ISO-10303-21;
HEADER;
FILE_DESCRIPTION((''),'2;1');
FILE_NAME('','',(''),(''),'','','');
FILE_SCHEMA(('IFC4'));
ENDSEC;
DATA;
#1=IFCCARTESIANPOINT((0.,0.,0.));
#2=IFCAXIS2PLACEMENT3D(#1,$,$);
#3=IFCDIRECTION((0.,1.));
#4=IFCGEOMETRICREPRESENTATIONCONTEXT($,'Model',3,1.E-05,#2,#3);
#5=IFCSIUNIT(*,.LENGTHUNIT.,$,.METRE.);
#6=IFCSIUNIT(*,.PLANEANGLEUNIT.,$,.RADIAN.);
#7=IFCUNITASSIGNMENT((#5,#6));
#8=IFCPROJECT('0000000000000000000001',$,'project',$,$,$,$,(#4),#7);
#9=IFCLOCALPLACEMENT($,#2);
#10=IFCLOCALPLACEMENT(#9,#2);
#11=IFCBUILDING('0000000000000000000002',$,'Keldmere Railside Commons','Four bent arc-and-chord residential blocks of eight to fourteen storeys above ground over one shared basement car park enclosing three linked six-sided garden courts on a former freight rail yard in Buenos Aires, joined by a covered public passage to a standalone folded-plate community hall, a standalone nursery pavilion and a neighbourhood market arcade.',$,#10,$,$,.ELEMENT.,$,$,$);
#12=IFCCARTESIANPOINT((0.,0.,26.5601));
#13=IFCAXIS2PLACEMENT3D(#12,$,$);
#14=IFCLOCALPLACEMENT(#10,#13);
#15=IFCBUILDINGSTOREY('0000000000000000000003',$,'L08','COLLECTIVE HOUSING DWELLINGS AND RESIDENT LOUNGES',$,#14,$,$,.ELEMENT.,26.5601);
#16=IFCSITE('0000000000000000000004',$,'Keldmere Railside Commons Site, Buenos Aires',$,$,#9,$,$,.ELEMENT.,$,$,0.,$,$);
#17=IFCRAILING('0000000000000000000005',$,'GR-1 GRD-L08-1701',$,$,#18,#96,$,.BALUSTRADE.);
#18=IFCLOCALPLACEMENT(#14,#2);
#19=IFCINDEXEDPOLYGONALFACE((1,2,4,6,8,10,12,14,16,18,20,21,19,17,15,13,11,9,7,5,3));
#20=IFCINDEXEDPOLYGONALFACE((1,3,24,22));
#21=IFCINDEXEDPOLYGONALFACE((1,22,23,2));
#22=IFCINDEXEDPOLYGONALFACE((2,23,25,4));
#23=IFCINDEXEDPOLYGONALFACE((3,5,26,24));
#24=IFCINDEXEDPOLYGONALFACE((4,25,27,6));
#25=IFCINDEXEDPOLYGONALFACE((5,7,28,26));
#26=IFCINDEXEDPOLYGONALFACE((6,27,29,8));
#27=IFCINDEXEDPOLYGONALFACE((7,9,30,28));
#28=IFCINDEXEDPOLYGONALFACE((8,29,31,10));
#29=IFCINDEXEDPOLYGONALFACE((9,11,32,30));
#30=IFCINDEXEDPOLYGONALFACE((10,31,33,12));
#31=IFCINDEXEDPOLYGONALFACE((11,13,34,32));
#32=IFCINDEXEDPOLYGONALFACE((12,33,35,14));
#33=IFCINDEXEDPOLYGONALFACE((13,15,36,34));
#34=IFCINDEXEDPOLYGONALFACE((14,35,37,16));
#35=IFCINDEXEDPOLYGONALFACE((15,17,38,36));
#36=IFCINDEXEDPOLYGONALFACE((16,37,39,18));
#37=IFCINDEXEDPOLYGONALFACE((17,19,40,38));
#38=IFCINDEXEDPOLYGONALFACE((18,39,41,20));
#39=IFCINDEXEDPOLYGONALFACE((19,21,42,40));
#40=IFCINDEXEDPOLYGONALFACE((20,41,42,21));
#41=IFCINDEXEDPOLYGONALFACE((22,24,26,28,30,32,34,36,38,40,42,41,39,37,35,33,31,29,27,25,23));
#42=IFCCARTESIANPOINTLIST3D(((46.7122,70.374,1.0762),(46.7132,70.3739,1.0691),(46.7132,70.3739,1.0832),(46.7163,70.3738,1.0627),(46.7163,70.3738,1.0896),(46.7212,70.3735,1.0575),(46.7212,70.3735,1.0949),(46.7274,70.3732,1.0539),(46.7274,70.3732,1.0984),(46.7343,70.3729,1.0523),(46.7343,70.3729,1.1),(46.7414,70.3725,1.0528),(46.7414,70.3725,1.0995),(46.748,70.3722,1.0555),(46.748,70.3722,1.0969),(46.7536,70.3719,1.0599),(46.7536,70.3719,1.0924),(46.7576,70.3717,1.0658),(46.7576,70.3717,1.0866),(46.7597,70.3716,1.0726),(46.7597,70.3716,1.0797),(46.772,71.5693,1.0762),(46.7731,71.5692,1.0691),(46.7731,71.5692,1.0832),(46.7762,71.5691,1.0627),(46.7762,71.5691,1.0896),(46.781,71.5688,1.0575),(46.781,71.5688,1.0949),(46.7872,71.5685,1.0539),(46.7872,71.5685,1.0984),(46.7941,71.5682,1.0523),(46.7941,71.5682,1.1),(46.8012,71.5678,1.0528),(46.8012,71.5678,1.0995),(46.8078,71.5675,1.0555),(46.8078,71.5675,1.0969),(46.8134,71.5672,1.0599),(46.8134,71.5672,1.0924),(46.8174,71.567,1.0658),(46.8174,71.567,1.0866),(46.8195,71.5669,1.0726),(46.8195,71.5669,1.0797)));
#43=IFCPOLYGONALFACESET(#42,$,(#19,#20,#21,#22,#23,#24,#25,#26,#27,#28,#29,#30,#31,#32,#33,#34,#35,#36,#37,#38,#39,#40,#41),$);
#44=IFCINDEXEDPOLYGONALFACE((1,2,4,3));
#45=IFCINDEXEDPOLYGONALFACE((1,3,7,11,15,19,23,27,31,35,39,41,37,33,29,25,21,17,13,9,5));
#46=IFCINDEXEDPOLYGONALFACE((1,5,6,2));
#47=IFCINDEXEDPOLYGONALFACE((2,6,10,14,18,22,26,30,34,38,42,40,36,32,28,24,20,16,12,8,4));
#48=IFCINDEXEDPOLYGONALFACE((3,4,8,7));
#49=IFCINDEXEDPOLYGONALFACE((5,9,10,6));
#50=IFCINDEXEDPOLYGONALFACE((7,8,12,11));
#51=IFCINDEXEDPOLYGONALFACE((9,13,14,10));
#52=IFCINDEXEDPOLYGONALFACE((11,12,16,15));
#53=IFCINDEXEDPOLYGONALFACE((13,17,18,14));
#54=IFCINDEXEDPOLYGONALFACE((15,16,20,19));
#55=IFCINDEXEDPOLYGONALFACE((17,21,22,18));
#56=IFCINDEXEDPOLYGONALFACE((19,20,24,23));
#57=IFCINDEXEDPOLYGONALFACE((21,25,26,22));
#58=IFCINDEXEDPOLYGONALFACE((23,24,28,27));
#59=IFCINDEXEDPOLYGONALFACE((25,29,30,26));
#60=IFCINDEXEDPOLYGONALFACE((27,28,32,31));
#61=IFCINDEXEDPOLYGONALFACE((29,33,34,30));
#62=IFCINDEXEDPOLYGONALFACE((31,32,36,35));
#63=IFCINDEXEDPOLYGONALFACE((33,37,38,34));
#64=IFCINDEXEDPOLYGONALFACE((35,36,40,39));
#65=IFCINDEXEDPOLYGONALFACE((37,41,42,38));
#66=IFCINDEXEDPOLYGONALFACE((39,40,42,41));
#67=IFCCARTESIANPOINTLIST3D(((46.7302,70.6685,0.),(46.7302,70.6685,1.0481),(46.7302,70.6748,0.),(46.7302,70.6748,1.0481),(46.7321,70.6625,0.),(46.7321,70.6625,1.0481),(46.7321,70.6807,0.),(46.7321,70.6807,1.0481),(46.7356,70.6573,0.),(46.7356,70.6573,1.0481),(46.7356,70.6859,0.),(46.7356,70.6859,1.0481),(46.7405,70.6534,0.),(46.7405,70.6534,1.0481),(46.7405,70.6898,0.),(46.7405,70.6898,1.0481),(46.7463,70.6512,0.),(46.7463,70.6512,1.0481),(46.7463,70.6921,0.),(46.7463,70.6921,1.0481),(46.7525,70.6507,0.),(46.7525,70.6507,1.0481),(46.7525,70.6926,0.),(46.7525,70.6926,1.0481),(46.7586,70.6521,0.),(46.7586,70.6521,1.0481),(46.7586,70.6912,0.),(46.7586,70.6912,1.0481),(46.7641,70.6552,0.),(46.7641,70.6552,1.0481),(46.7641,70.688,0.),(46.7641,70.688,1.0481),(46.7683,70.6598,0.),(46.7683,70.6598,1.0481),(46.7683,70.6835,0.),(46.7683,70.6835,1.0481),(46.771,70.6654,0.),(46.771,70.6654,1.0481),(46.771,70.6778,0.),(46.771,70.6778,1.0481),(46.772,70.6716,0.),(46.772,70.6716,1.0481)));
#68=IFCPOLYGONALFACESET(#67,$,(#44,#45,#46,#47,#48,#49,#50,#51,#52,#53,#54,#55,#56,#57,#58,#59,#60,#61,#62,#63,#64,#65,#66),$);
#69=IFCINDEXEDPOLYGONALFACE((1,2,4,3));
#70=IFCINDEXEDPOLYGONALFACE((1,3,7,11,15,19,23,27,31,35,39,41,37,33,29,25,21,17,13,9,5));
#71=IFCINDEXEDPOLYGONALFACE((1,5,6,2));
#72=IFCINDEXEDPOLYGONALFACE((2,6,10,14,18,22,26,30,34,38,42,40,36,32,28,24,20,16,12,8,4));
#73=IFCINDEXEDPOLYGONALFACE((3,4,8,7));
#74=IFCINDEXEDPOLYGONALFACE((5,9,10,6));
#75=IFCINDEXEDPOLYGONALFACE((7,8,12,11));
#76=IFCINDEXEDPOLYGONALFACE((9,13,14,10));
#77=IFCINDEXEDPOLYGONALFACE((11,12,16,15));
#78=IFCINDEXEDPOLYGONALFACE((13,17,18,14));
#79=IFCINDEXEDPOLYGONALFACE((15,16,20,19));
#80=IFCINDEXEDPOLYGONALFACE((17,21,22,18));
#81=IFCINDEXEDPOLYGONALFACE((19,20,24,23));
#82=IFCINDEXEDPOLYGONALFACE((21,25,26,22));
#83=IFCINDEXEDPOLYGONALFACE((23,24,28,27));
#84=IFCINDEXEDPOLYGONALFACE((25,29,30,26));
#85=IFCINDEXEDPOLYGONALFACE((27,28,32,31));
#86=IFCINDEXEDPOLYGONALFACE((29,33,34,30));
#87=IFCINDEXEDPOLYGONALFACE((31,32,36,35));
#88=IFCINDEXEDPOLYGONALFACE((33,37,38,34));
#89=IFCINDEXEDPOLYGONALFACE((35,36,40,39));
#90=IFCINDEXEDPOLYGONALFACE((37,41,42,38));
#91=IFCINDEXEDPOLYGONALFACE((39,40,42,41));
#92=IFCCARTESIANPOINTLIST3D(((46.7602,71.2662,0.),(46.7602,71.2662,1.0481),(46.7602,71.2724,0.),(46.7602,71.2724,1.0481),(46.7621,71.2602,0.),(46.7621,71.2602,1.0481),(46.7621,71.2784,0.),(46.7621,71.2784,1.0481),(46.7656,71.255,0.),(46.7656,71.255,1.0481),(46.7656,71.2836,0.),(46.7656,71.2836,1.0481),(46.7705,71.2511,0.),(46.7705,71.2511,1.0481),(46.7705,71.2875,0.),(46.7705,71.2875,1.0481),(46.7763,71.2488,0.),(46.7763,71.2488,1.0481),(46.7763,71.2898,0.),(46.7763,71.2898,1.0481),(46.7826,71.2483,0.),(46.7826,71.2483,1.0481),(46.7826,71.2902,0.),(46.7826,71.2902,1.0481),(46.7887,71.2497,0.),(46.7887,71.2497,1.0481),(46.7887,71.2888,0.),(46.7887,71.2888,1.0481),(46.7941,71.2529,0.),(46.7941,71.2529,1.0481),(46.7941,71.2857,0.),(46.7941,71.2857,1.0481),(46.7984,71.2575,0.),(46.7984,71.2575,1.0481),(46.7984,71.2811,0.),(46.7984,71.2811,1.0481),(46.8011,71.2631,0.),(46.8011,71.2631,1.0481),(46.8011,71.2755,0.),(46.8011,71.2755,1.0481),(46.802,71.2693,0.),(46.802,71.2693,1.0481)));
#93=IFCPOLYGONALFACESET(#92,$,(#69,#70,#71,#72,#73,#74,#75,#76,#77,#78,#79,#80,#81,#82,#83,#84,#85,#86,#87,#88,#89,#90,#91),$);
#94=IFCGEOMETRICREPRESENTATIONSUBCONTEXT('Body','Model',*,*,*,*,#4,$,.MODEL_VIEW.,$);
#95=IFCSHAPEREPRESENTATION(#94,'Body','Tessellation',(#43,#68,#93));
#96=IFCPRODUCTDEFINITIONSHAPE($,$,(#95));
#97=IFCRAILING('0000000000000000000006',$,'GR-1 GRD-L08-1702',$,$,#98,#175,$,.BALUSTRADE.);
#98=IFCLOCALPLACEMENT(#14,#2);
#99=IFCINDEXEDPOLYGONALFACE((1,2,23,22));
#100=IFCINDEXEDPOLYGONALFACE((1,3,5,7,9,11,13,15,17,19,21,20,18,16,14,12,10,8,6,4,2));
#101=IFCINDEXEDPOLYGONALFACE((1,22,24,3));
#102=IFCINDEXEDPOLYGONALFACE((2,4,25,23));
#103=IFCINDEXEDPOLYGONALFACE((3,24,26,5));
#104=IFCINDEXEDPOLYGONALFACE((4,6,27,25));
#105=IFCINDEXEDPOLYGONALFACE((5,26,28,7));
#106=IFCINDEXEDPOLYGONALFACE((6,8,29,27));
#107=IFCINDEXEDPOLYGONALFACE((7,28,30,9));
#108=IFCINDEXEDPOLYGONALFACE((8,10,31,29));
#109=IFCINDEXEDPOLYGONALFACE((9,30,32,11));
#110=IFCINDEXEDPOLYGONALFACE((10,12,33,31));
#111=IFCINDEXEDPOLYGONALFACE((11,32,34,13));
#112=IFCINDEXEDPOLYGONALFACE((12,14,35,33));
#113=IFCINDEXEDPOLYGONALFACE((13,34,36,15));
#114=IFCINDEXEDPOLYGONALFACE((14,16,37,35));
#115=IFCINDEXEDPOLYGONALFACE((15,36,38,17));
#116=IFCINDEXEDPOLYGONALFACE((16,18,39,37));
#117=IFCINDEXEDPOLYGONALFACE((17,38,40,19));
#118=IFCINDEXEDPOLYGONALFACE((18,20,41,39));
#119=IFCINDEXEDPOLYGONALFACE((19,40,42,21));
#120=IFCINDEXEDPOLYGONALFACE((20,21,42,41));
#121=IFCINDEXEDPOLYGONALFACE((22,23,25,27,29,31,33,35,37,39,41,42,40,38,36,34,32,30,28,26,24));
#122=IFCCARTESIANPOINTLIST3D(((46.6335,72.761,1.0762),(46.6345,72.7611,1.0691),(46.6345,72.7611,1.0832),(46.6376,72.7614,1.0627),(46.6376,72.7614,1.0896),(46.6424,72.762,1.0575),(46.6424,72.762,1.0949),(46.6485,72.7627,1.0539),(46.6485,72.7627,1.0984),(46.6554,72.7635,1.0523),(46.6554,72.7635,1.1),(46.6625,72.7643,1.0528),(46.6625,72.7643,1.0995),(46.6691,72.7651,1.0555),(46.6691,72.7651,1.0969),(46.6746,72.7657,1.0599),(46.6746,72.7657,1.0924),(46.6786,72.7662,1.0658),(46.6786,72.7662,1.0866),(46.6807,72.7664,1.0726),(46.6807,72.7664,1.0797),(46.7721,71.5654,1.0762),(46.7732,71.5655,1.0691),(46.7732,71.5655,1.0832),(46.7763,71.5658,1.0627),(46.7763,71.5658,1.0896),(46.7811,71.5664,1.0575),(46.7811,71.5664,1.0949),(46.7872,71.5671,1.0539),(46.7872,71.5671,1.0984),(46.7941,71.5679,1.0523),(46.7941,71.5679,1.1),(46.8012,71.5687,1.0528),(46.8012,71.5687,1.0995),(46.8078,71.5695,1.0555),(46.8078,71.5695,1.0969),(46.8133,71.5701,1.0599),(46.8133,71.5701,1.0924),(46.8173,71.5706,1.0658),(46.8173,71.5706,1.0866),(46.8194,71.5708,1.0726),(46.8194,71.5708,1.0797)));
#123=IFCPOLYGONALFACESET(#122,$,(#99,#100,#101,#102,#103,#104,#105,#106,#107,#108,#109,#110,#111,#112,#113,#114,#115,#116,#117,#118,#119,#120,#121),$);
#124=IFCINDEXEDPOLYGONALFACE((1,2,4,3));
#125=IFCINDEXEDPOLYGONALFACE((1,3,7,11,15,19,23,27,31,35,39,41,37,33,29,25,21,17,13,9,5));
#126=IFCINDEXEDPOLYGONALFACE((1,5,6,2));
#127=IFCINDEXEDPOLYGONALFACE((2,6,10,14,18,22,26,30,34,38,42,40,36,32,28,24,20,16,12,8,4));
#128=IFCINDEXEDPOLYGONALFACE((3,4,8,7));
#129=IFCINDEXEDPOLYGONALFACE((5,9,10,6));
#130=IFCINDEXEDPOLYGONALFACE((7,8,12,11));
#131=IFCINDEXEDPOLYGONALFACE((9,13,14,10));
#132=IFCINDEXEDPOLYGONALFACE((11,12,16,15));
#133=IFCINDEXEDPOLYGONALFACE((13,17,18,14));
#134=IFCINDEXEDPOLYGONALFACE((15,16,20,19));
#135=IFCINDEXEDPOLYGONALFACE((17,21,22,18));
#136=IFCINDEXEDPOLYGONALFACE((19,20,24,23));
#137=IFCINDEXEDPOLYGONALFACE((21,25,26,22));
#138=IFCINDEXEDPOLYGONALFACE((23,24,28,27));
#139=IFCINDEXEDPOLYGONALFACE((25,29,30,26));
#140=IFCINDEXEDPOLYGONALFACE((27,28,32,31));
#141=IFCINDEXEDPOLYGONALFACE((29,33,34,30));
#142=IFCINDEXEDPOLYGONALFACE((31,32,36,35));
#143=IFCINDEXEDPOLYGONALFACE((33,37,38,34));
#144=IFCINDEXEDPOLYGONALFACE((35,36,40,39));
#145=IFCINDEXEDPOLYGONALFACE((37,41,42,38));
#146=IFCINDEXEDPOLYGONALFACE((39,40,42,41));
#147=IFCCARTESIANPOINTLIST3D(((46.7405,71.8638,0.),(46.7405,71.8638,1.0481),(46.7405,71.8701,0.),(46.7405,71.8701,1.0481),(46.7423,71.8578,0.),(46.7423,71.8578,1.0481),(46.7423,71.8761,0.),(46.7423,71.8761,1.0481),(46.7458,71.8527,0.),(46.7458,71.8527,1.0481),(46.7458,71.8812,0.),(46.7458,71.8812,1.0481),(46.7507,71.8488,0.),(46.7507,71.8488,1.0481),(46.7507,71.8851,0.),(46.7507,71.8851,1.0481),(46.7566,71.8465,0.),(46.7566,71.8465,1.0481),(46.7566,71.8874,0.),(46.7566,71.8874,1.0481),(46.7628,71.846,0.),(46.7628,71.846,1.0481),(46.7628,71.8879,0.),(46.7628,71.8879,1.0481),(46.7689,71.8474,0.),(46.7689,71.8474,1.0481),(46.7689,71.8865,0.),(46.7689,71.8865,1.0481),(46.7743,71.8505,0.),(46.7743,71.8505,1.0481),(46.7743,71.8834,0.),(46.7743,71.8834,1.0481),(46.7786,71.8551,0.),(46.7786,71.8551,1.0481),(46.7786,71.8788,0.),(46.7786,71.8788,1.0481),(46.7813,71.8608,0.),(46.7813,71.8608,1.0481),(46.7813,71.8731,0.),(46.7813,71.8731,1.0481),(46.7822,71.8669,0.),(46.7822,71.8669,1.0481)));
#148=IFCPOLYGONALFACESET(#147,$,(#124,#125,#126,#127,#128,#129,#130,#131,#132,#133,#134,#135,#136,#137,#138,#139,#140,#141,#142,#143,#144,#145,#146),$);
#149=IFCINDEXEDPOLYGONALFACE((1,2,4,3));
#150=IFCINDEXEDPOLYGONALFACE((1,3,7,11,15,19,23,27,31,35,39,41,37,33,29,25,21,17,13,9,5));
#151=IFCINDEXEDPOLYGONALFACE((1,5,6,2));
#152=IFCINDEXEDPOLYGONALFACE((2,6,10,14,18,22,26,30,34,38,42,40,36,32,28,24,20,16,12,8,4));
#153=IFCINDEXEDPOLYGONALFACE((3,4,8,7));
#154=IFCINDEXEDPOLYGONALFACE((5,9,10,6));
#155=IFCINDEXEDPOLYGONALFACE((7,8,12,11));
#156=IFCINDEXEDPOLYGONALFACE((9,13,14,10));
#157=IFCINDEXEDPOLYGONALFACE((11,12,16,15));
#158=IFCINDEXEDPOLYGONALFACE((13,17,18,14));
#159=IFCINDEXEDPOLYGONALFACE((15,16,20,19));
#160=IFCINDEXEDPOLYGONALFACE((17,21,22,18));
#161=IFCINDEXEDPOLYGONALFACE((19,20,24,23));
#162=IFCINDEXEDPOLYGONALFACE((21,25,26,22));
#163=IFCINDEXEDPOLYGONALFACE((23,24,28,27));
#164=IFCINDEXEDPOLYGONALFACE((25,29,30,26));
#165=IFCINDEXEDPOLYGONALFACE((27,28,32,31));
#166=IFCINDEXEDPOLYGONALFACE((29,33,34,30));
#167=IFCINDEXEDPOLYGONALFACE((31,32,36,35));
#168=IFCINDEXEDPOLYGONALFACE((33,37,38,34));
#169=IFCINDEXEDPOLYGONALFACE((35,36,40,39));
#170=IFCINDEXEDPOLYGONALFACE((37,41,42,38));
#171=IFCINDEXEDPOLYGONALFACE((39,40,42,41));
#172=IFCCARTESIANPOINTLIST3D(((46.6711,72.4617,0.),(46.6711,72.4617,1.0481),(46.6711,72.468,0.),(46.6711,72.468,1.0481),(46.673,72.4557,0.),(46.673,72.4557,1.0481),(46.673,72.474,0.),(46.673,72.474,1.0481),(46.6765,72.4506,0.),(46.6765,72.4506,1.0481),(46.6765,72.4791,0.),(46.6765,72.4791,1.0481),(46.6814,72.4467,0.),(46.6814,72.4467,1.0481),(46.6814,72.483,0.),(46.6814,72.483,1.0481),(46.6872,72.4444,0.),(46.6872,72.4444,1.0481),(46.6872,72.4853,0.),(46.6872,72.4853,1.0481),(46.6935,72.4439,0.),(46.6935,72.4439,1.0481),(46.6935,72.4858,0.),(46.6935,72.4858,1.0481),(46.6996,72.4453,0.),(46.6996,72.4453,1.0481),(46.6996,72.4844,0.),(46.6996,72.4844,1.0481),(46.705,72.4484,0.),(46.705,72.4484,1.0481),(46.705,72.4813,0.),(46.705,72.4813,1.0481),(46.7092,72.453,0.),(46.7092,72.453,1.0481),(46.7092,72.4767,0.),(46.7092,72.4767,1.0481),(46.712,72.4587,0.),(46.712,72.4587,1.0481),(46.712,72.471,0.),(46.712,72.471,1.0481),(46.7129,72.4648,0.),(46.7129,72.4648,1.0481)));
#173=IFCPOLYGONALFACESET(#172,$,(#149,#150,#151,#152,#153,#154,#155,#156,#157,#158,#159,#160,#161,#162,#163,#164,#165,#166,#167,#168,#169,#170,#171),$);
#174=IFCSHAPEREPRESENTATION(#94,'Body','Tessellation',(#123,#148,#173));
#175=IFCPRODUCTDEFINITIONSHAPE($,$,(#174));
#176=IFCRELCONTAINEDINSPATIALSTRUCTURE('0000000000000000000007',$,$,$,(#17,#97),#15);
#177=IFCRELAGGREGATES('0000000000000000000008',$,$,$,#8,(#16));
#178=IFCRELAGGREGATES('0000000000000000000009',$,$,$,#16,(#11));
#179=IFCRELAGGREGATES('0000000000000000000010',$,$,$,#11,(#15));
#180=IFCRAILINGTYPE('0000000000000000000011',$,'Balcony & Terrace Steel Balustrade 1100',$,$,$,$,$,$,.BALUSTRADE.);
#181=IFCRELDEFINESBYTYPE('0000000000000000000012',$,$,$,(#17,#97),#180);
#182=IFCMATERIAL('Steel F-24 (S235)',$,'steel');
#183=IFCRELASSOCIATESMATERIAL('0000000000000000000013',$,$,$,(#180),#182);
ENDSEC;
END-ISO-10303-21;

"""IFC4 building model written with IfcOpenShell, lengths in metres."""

from ifc_helpers import new_model, si_unit, direction, frame, origin, origin_2d, place, context, subcontext, project, spatial, circle, extrude, material, type_object, element, save


model = new_model("IFC4")

# Units and contexts
model_context = context("Model", 3, precision=1e-05, world=origin(), true_north=direction((0.0, 1.0)))
body_context = subcontext(model_context, "Body", "Model", "MODEL_VIEW")
ifc_project = project(units=[si_unit("LENGTHUNIT", "METRE"), si_unit("PLANEANGLEUNIT", "RADIAN")], contexts=[model_context])

# Site, building, storey
site_placement = place(None, origin())
site = spatial("IfcSite", under=ifc_project, at=site_placement, Name="Keldmere Railside Commons Site, Buenos Aires", CompositionType="ELEMENT", RefElevation=0.0)
building_placement = place(site_placement, origin())
building = spatial("IfcBuilding", under=site, at=building_placement, Name="Keldmere Railside Commons", Description="Four bent arc-and-chord residential blocks of eight to fourteen storeys above ground over one shared basement car park enclosing three linked six-sided garden courts on a former freight rail yard in Buenos Aires, joined by a covered public passage to a standalone folded-plate community hall, a standalone nursery pavilion and a neighbourhood market arcade.", CompositionType="ELEMENT")
storey_placement = place(building_placement, frame((0.0, 0.0, 26.5601)))
storey = spatial("IfcBuildingStorey", under=building, at=storey_placement, Name="L08", Description="COLLECTIVE HOUSING DWELLINGS AND RESIDENT LOUNGES", CompositionType="ELEMENT", Elevation=26.5601)

# Railings
ifc_material_1 = material(Name="Steel F-24 (S235)", Category="steel")
railing_type = type_object("IfcRailingType", Name="Balcony & Terrace Steel Balustrade 1100", PredefinedType="BALUSTRADE", material=ifc_material_1)
railing_1_placement = place(storey_placement, frame((46.7361, 70.3728, 0.0)))
element("IfcRailing", 1, at=railing_1_placement, inside=storey, type_object=railing_type, Name="GR-1 GRD-L08-1701", PredefinedType="BALUSTRADE", context=body_context, shape_type="SweptSolid", body=[
    extrude(circle(Radius=0.0239, at=origin_2d()), frame((0.0, 0.0, 1.0762), z_axis=(0.049978, 0.99875, 0.0), x_axis=(-0.99875, 0.049978, 0.0)), (0.0, 0.0, 1.0), 1.1968),
    extrude(circle(Radius=0.021, at=origin_2d()), frame((0.0149, 0.2988, 0.0)), (0.0, 0.0, 1.0), 1.0481),
    extrude(circle(Radius=0.021, at=origin_2d()), frame((0.0449, 0.8965, 0.0)), (0.0, 0.0, 1.0), 1.0481),
])
railing_2_placement = place(storey_placement, frame((46.7959, 71.5681, 0.0)))
element("IfcRailing", 2, at=railing_2_placement, inside=storey, type_object=railing_type, Name="GR-1 GRD-L08-1702", PredefinedType="BALUSTRADE", context=body_context, shape_type="SweptSolid", body=[
    extrude(circle(Radius=0.0239, at=origin_2d()), frame((0.0, 0.0, 1.0762), z_axis=(-0.115217, 0.99334, 0.0), x_axis=(-0.99334, -0.115217, 0.0)), (0.0, 0.0, 1.0), 1.2036),
    extrude(circle(Radius=0.021, at=origin_2d()), frame((-0.0347, 0.2988, 0.0)), (0.0, 0.0, 1.0), 1.0481),
    extrude(circle(Radius=0.021, at=origin_2d()), frame((-0.104, 0.8967, 0.0)), (0.0, 0.0, 1.0), 1.0481),
])

save(model, "model.ifc")
